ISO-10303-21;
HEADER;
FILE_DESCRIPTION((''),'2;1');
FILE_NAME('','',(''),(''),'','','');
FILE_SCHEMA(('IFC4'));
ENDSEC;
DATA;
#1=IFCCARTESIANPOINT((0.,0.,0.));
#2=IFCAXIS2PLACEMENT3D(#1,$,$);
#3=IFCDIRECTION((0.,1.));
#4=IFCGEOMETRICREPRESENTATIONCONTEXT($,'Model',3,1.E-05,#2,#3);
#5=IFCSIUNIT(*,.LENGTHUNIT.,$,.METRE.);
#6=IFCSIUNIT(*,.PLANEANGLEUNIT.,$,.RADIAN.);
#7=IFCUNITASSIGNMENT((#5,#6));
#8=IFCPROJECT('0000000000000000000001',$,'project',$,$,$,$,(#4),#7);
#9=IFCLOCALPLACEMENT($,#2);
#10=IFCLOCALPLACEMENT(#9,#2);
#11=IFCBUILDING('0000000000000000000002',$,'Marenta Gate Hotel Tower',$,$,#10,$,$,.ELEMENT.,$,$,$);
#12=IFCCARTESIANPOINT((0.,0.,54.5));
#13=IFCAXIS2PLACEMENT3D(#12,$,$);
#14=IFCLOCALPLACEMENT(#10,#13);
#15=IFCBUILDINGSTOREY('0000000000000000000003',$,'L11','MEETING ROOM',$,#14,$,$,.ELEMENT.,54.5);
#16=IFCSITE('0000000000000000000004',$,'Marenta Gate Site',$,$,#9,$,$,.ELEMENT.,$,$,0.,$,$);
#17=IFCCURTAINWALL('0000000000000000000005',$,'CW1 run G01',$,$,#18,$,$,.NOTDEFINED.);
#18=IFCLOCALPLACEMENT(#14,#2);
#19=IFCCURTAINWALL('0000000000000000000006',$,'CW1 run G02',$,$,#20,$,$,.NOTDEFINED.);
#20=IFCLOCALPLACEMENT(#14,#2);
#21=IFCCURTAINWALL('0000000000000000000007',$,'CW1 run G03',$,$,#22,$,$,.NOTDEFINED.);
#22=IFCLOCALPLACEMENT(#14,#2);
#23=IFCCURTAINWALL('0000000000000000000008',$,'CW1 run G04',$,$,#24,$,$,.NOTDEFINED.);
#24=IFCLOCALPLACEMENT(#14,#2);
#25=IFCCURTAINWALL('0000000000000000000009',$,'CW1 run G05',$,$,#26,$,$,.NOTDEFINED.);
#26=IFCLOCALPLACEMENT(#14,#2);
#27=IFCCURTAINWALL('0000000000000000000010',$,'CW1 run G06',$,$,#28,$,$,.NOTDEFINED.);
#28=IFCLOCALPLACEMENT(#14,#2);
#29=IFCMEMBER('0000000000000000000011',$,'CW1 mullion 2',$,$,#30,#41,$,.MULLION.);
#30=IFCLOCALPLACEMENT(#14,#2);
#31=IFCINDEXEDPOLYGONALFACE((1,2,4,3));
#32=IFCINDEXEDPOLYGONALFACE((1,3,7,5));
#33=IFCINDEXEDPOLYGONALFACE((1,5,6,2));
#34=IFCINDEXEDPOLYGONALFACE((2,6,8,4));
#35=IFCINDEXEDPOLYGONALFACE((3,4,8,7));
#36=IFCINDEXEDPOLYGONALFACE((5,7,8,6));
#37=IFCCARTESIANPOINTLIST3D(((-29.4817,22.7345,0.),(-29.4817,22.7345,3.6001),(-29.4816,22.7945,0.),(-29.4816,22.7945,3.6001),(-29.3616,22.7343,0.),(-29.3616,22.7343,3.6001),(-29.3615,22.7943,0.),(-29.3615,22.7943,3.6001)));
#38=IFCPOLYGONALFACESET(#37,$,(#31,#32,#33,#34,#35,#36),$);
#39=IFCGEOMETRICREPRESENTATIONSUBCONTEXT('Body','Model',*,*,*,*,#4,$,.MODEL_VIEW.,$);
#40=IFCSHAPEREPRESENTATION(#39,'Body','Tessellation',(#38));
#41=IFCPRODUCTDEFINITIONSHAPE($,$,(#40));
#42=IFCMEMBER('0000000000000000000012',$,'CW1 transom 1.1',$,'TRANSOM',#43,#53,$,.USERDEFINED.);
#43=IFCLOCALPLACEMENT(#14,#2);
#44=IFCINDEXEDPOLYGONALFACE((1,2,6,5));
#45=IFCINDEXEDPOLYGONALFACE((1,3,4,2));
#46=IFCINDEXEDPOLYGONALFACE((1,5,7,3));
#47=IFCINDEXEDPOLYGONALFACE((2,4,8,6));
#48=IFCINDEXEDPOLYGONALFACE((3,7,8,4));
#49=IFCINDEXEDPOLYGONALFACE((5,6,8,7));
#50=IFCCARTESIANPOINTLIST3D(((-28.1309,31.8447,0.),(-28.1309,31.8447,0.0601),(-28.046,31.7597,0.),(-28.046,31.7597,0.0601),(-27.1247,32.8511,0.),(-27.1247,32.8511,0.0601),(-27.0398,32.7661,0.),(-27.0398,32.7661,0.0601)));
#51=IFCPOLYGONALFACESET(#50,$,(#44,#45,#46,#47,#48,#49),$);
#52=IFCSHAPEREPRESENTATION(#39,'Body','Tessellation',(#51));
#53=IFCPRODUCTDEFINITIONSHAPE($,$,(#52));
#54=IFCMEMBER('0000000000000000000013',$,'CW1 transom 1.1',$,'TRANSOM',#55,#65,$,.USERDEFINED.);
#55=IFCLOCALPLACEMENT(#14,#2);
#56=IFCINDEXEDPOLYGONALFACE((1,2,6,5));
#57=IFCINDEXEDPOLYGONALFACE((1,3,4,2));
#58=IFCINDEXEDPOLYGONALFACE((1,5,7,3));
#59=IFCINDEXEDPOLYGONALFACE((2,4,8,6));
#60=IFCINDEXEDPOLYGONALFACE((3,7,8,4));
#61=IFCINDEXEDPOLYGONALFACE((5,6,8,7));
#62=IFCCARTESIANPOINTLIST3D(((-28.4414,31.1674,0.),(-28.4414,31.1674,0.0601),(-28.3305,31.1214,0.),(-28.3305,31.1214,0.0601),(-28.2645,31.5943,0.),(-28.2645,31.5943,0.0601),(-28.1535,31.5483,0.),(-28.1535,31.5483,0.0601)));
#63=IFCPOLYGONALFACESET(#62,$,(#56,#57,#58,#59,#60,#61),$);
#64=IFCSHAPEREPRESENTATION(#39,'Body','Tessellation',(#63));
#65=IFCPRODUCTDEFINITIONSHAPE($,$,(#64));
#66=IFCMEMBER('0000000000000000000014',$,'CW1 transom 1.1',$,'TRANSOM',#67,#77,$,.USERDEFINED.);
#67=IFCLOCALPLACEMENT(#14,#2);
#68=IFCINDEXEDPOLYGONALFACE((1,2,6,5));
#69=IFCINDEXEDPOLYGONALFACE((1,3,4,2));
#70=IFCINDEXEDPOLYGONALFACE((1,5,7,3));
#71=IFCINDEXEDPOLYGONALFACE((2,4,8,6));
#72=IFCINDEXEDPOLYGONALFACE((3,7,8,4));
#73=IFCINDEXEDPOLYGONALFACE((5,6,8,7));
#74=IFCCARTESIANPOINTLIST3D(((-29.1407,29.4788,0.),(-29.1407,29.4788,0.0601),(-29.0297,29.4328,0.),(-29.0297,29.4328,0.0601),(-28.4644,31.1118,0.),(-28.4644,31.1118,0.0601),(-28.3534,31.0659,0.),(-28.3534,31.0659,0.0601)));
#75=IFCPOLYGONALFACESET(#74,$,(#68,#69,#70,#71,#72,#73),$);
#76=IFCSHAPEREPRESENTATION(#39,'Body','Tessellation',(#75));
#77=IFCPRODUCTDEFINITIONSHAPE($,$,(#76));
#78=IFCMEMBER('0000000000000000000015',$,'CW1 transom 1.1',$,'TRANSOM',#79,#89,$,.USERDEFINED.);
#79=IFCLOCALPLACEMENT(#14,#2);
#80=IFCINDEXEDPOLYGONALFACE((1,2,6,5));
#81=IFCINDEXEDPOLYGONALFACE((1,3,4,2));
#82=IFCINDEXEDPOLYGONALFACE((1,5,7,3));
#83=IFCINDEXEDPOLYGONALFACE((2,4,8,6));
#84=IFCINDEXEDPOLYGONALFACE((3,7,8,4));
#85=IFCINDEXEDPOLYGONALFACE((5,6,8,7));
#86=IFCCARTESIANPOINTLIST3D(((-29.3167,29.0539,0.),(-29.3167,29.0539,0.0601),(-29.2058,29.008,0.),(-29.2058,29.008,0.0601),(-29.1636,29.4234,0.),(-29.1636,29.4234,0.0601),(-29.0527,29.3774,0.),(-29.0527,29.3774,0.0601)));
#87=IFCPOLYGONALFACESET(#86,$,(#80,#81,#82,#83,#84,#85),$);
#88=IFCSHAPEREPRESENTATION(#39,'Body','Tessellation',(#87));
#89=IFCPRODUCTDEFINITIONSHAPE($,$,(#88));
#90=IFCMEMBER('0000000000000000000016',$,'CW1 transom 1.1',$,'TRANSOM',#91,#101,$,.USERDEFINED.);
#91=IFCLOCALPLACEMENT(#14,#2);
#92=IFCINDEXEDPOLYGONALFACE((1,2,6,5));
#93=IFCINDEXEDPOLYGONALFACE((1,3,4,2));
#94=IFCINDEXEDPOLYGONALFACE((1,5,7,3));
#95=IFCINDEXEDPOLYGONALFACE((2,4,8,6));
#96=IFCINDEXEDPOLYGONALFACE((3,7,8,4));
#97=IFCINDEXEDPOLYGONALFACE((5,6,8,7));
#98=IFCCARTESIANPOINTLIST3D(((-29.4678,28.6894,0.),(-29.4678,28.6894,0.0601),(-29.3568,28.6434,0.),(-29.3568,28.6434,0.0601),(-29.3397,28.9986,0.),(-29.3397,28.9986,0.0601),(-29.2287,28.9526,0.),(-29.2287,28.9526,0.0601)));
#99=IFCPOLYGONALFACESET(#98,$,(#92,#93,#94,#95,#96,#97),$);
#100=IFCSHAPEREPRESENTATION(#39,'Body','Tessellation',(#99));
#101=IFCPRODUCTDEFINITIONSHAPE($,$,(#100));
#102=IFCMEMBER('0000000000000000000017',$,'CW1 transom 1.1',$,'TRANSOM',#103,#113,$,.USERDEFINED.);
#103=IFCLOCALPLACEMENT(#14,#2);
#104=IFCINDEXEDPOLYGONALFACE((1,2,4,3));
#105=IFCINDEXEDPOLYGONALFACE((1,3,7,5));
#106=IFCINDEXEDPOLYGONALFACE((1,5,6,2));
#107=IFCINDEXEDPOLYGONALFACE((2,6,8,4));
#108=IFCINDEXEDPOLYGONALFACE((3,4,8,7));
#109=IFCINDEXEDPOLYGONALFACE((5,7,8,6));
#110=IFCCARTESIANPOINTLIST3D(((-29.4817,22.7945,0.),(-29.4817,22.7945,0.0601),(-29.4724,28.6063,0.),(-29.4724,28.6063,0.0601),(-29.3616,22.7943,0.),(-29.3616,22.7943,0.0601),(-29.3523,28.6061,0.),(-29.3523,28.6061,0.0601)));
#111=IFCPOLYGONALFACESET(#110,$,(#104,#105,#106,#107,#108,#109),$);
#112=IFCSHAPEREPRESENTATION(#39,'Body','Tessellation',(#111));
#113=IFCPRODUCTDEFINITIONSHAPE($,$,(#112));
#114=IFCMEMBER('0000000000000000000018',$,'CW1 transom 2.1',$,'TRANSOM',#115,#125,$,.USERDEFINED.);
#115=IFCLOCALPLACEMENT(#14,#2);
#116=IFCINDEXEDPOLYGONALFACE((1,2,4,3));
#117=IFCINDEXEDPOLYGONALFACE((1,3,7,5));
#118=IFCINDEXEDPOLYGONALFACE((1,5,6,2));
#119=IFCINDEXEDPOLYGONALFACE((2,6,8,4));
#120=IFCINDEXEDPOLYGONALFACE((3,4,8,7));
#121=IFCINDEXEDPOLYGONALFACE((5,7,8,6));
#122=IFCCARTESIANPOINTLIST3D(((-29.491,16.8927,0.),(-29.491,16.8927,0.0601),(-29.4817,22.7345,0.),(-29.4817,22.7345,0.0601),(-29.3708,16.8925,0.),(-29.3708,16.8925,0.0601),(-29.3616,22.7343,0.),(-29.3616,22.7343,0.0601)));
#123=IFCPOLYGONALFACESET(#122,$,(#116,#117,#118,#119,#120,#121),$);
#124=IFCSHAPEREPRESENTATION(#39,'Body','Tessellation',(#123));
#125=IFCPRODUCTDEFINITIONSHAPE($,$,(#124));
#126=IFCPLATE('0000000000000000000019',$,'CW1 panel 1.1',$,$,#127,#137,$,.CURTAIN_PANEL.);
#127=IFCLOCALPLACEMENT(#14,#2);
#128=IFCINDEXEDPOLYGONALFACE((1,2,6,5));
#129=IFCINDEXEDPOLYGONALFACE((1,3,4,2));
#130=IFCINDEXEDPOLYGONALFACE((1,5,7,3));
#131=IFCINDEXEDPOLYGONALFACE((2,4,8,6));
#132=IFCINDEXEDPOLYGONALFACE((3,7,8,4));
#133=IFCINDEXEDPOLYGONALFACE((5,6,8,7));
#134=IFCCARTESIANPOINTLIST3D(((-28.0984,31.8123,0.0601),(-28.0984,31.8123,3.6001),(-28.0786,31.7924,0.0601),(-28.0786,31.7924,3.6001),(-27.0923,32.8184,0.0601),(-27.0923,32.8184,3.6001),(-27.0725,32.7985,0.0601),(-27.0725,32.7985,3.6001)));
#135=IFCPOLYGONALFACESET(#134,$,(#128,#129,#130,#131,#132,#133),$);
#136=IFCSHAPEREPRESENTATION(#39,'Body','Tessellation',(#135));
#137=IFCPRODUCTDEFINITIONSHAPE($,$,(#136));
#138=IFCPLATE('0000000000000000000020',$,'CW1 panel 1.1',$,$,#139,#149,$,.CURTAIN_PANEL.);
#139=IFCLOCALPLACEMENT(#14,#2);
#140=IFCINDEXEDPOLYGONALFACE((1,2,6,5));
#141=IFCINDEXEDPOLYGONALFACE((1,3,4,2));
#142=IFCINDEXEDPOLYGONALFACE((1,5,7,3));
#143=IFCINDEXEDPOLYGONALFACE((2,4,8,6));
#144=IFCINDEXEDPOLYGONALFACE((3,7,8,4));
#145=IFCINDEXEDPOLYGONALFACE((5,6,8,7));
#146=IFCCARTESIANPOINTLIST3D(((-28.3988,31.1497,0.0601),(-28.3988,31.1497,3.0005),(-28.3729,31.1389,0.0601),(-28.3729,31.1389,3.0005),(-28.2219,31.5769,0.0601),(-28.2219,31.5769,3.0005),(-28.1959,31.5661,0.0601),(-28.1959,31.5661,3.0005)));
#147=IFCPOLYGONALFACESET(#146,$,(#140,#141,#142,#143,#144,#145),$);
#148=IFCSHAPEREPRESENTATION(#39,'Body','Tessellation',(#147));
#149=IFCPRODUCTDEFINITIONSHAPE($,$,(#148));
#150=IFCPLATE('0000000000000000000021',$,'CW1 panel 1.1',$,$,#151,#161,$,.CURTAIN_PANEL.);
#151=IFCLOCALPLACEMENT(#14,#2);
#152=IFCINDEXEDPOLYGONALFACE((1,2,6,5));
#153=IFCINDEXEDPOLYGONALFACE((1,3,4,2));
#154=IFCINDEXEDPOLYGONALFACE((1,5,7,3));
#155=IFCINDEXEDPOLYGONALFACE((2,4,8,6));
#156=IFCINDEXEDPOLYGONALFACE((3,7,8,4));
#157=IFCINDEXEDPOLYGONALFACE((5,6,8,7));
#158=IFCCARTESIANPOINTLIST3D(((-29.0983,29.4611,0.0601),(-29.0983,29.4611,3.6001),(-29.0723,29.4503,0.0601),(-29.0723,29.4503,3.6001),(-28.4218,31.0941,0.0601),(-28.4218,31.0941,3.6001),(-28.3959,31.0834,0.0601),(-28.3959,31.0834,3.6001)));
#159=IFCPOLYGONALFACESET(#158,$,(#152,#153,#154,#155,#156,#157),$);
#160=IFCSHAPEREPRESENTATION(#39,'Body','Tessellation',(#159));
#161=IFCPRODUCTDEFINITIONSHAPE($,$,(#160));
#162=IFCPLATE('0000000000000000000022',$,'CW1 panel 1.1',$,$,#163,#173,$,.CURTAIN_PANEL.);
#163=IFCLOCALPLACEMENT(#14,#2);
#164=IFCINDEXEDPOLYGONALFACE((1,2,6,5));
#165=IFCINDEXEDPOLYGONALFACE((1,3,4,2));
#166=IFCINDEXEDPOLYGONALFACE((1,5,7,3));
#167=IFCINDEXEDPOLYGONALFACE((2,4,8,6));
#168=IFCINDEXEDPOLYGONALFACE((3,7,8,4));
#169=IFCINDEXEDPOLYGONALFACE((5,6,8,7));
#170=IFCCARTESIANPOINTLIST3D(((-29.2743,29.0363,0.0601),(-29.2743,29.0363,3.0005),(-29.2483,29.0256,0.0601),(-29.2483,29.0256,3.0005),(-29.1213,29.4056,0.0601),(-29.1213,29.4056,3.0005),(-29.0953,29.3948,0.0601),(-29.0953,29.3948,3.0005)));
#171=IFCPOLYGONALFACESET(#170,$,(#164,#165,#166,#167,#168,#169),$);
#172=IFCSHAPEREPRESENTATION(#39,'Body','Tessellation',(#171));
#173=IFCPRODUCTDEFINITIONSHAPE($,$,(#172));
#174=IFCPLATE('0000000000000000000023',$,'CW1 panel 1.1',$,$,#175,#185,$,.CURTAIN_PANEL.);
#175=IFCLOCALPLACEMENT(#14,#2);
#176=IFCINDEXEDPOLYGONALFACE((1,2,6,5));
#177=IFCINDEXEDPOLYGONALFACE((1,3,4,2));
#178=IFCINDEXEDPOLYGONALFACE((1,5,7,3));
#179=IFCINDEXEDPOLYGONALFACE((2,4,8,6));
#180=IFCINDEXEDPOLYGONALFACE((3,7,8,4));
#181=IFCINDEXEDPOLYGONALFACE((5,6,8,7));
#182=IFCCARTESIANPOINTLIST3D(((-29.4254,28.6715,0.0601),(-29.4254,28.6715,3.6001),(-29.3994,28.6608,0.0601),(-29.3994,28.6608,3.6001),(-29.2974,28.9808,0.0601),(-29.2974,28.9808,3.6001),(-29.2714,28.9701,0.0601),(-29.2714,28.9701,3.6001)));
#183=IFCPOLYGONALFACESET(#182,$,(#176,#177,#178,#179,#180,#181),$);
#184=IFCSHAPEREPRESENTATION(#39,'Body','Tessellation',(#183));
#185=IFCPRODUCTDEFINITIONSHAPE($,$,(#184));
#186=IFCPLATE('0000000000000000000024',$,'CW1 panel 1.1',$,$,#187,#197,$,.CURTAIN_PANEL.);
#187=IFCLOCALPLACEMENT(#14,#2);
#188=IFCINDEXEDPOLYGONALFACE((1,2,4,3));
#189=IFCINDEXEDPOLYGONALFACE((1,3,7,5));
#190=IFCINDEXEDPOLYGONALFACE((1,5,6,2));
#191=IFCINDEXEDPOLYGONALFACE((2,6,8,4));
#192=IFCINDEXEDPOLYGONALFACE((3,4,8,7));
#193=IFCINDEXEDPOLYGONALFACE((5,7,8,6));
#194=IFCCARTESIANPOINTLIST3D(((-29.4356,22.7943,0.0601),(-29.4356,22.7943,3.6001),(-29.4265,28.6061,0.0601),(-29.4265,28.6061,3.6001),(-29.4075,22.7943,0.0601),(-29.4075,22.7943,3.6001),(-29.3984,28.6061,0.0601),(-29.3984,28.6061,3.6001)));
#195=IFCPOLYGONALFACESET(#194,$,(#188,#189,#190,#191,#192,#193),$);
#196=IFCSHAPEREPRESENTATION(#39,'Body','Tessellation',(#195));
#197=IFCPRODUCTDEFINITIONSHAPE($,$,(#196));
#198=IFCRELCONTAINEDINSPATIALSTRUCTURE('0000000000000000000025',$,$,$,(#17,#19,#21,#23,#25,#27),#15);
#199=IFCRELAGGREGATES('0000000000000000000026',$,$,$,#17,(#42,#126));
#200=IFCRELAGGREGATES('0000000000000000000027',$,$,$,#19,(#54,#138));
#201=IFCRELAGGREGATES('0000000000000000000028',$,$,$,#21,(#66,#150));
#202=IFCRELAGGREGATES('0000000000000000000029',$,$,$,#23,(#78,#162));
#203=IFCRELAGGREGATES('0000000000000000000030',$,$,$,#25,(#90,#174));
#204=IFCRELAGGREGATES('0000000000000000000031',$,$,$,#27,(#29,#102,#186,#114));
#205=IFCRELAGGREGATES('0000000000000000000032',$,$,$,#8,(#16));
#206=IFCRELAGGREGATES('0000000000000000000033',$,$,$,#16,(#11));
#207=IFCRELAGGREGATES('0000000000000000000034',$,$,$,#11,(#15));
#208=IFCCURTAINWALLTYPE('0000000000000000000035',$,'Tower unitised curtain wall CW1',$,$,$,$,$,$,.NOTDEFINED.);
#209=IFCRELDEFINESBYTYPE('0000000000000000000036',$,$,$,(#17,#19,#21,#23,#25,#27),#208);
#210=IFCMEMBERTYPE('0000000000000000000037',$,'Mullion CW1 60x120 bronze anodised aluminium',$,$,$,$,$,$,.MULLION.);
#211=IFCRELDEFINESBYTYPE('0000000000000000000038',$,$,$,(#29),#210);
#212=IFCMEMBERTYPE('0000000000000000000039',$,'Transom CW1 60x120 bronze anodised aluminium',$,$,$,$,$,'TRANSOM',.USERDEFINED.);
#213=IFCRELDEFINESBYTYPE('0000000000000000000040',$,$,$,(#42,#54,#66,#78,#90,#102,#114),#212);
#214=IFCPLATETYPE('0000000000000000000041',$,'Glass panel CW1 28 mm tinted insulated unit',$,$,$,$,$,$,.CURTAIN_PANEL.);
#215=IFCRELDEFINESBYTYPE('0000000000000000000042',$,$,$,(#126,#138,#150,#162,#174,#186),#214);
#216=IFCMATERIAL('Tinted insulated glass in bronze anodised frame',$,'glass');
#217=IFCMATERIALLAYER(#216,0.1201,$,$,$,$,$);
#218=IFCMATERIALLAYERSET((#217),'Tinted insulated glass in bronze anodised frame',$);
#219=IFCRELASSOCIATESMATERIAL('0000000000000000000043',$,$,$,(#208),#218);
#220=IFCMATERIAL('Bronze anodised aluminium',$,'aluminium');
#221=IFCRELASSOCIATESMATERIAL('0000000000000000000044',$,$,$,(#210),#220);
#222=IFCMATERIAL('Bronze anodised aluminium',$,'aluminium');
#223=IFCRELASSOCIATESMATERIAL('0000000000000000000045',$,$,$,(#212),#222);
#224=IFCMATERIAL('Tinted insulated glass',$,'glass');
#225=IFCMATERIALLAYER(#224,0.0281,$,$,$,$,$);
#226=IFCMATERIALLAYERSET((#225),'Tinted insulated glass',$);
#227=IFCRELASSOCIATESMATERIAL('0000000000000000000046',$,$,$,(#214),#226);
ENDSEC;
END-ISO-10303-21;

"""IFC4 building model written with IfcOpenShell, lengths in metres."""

from ifc_helpers import new_model, si_unit, direction, frame, origin, origin_2d, place, context, subcontext, project, spatial, rectangle, extrude, material, layer, layer_set, material_profile, profile_set, type_object, element, aggregate, save


model = new_model("IFC4")

# Units and contexts
model_context = context("Model", 3, precision=1e-05, world=origin(), true_north=direction((0.0, 1.0)))
body_context = subcontext(model_context, "Body", "Model", "MODEL_VIEW")
ifc_project = project(units=[si_unit("LENGTHUNIT", "METRE"), si_unit("PLANEANGLEUNIT", "RADIAN")], contexts=[model_context])

# Site, building, storey
site_placement = place(None, origin())
site = spatial("IfcSite", under=ifc_project, at=site_placement, Name="Marenta Gate Site", CompositionType="ELEMENT", RefElevation=0.0)
building_placement = place(site_placement, origin())
building = spatial("IfcBuilding", under=site, at=building_placement, Name="Marenta Gate Hotel Tower", CompositionType="ELEMENT")
storey_placement = place(building_placement, frame((0.0, 0.0, 54.5)))
storey = spatial("IfcBuildingStorey", under=building, at=storey_placement, Name="L11", Description="MEETING ROOM", CompositionType="ELEMENT", Elevation=54.5)

# Curtain wall
ifc_material_1 = material(Name="Tinted insulated glass in bronze anodised frame", Category="glass")
ifc_layer_1 = layer(ifc_material_1, 0.1201)
ifc_layer_set_1 = layer_set([ifc_layer_1], Name="Tinted insulated glass in bronze anodised frame")
curtain_wall_type = type_object("IfcCurtainWallType", Name="Tower unitised curtain wall CW1", PredefinedType="NOTDEFINED", material=ifc_layer_set_1)
curtain_wall_1_placement = place(storey_placement, origin())
curtain_wall_1 = element("IfcCurtainWall", 1, at=curtain_wall_1_placement, inside=storey, type_object=curtain_wall_type, Name="CW1 run G01", PredefinedType="NOTDEFINED")
ifc_material_2 = material(Name="Bronze anodised aluminium", Category="aluminium")
ifc_material_profile_1 = material_profile(ifc_material_2, rectangle(XDim=0.1201, YDim=0.0601, at=origin_2d()), Name="Mullion CW1 60x120 bronze anodised aluminium")
ifc_profile_set_1 = profile_set([ifc_material_profile_1], Name="Bronze anodised aluminium")
member_type_1 = type_object("IfcMemberType", Name="Mullion CW1 60x120 bronze anodised aluminium", PredefinedType="MULLION", material=ifc_profile_set_1)

# Curtain walls
curtain_wall_2_placement = place(storey_placement, origin())
curtain_wall_2 = element("IfcCurtainWall", 2, at=curtain_wall_2_placement, inside=storey, type_object=curtain_wall_type, Name="CW1 run G02", PredefinedType="NOTDEFINED")
curtain_wall_3_placement = place(storey_placement, origin())
curtain_wall_3 = element("IfcCurtainWall", 3, at=curtain_wall_3_placement, inside=storey, type_object=curtain_wall_type, Name="CW1 run G03", PredefinedType="NOTDEFINED")
curtain_wall_4_placement = place(storey_placement, origin())
curtain_wall_4 = element("IfcCurtainWall", 4, at=curtain_wall_4_placement, inside=storey, type_object=curtain_wall_type, Name="CW1 run G04", PredefinedType="NOTDEFINED")
curtain_wall_5_placement = place(storey_placement, origin())
curtain_wall_5 = element("IfcCurtainWall", 5, at=curtain_wall_5_placement, inside=storey, type_object=curtain_wall_type, Name="CW1 run G05", PredefinedType="NOTDEFINED")

# Curtain wall, member
curtain_wall_6_placement = place(storey_placement, origin())
curtain_wall_6 = element("IfcCurtainWall", 6, at=curtain_wall_6_placement, inside=storey, type_object=curtain_wall_type, Name="CW1 run G06", PredefinedType="NOTDEFINED")
member_1_placement = place(storey_placement, frame((-29.4216, 22.7644, 0.0), z_axis=(0.0, 0.0, 1.0), x_axis=(0.999999, -0.00157, 0.0)))
member_1 = element("IfcMember", 7, at=member_1_placement, type_object=member_type_1, Name="CW1 mullion 2", PredefinedType="MULLION", context=body_context, shape_type="SweptSolid", body=[
    extrude(rectangle(XDim=0.1201, YDim=0.0601, at=origin_2d()), origin(), (0.0, 0.0, 1.0), 3.6001),
])

# Members
ifc_material_3 = material(Name="Bronze anodised aluminium", Category="aluminium")
ifc_material_profile_2 = material_profile(ifc_material_3, rectangle(XDim=0.1201, YDim=0.0601, at=origin_2d()), Name="Transom CW1 60x120 bronze anodised aluminium")
ifc_profile_set_2 = profile_set([ifc_material_profile_2], Name="Bronze anodised aluminium")
member_type_2 = type_object("IfcMemberType", Name="Transom CW1 60x120 bronze anodised aluminium", ElementType="TRANSOM", PredefinedType="USERDEFINED", material=ifc_profile_set_2)
member_2_placement = place(storey_placement, frame((-27.0823, 32.8086, 0.03), z_axis=(-0.707021, -0.707193, 0.0), x_axis=(0.707193, -0.707021, 0.0)))
member_2 = element("IfcMember", 8, at=member_2_placement, type_object=member_type_2, Name="CW1 transom 1.1", ObjectType="TRANSOM", PredefinedType="USERDEFINED", context=body_context, shape_type="SweptSolid", body=[
    extrude(rectangle(XDim=0.1201, YDim=0.0601, at=origin_2d()), origin(), (0.0, 0.0, 1.0), 1.4231),
])
member_3_placement = place(storey_placement, frame((-28.209, 31.5713, 0.03), z_axis=(-0.382927, -0.923779, 0.0), x_axis=(0.923779, -0.382927, 0.0)))
member_3 = element("IfcMember", 9, at=member_3_placement, type_object=member_type_2, Name="CW1 transom 1.1", ObjectType="TRANSOM", PredefinedType="USERDEFINED", context=body_context, shape_type="SweptSolid", body=[
    extrude(rectangle(XDim=0.1201, YDim=0.0601, at=origin_2d()), origin(), (0.0, 0.0, 1.0), 0.4622),
])
member_4_placement = place(storey_placement, frame((-28.4089, 31.0889, 0.03), z_axis=(-0.382604, -0.923912, 0.0), x_axis=(0.923912, -0.382604, 0.0)))
member_4 = element("IfcMember", 10, at=member_4_placement, type_object=member_type_2, Name="CW1 transom 1.1", ObjectType="TRANSOM", PredefinedType="USERDEFINED", context=body_context, shape_type="SweptSolid", body=[
    extrude(rectangle(XDim=0.1201, YDim=0.0601, at=origin_2d()), origin(), (0.0, 0.0, 1.0), 1.7676),
])
member_5_placement = place(storey_placement, frame((-29.1082, 29.4004, 0.03), z_axis=(-0.382837, -0.923816, 0.0), x_axis=(0.923816, -0.382837, 0.0)))
member_5 = element("IfcMember", 11, at=member_5_placement, type_object=member_type_2, Name="CW1 transom 1.1", ObjectType="TRANSOM", PredefinedType="USERDEFINED", context=body_context, shape_type="SweptSolid", body=[
    extrude(rectangle(XDim=0.1201, YDim=0.0601, at=origin_2d()), origin(), (0.0, 0.0, 1.0), 0.3999),
])
member_6_placement = place(storey_placement, frame((-29.2842, 28.9756, 0.03), z_axis=(-0.382803, -0.92383, 0.0), x_axis=(0.92383, -0.382803, 0.0)))
member_6 = element("IfcMember", 12, at=member_6_placement, type_object=member_type_2, Name="CW1 transom 1.1", ObjectType="TRANSOM", PredefinedType="USERDEFINED", context=body_context, shape_type="SweptSolid", body=[
    extrude(rectangle(XDim=0.1201, YDim=0.0601, at=origin_2d()), origin(), (0.0, 0.0, 1.0), 0.3347),
])
member_7_placement = place(storey_placement, frame((-29.4124, 28.6062, 0.03), z_axis=(-0.001596, -0.999999, 0.0), x_axis=(0.999999, -0.001596, 0.0)))
member_7 = element("IfcMember", 13, at=member_7_placement, type_object=member_type_2, Name="CW1 transom 1.1", ObjectType="TRANSOM", PredefinedType="USERDEFINED", context=body_context, shape_type="SweptSolid", body=[
    extrude(rectangle(XDim=0.1201, YDim=0.0601, at=origin_2d()), origin(), (0.0, 0.0, 1.0), 5.8118),
])
member_8_placement = place(storey_placement, frame((-29.4216, 22.7344, 0.03), z_axis=(-0.001588, -0.999999, 0.0), x_axis=(0.999999, -0.001588, 0.0)))
member_8 = element("IfcMember", 14, at=member_8_placement, type_object=member_type_2, Name="CW1 transom 2.1", ObjectType="TRANSOM", PredefinedType="USERDEFINED", context=body_context, shape_type="SweptSolid", body=[
    extrude(rectangle(XDim=0.1201, YDim=0.0601, at=origin_2d()), origin(), (0.0, 0.0, 1.0), 5.8418),
])

# Plates
ifc_material_4 = material(Name="Tinted insulated glass", Category="glass")
ifc_layer_2 = layer(ifc_material_4, 0.0281)
ifc_layer_set_2 = layer_set([ifc_layer_2], Name="Tinted insulated glass")
plate_type = type_object("IfcPlateType", Name="Glass panel CW1 28 mm tinted insulated unit", PredefinedType="CURTAIN_PANEL", material=ifc_layer_set_2)
plate_1_placement = place(storey_placement, frame((-27.5854, 32.3054, 0.0601), z_axis=(0.0, 0.0, 1.0), x_axis=(-0.707107, -0.707107, 0.0)))
plate_1 = element("IfcPlate", 15, at=plate_1_placement, type_object=plate_type, Name="CW1 panel 1.1", PredefinedType="CURTAIN_PANEL", context=body_context, shape_type="SweptSolid", body=[
    extrude(rectangle(XDim=1.4229, YDim=0.0281, at=origin_2d()), origin(), (0.0, 0.0, 1.0), 3.54),
])
aggregate(curtain_wall_1, [member_2, plate_1])
plate_2_placement = place(storey_placement, frame((-28.2974, 31.3579, 0.0601), z_axis=(0.0, 0.0, 1.0), x_axis=(-0.382684, -0.923879, 0.0)))
plate_2 = element("IfcPlate", 16, at=plate_2_placement, type_object=plate_type, Name="CW1 panel 1.1", PredefinedType="CURTAIN_PANEL", context=body_context, shape_type="SweptSolid", body=[
    extrude(rectangle(XDim=0.4624, YDim=0.0281, at=origin_2d()), origin(), (0.0, 0.0, 1.0), 2.9404),
])
aggregate(curtain_wall_2, [member_3, plate_2])
plate_3_placement = place(storey_placement, frame((-28.7471, 30.2722, 0.0601), z_axis=(0.0, 0.0, 1.0), x_axis=(-0.382684, -0.923879, 0.0)))
plate_3 = element("IfcPlate", 17, at=plate_3_placement, type_object=plate_type, Name="CW1 panel 1.1", PredefinedType="CURTAIN_PANEL", context=body_context, shape_type="SweptSolid", body=[
    extrude(rectangle(XDim=1.7676, YDim=0.0281, at=origin_2d()), origin(), (0.0, 0.0, 1.0), 3.54),
])
aggregate(curtain_wall_3, [member_4, plate_3])
plate_4_placement = place(storey_placement, frame((-29.1848, 29.2156, 0.0601), z_axis=(0.0, 0.0, 1.0), x_axis=(-0.382838, -0.923815, 0.0)))
plate_4 = element("IfcPlate", 18, at=plate_4_placement, type_object=plate_type, Name="CW1 panel 1.1", PredefinedType="CURTAIN_PANEL", context=body_context, shape_type="SweptSolid", body=[
    extrude(rectangle(XDim=0.3997, YDim=0.0281, at=origin_2d()), origin(), (0.0, 0.0, 1.0), 2.9404),
])
aggregate(curtain_wall_4, [member_5, plate_4])
plate_5_placement = place(storey_placement, frame((-29.3484, 28.8208, 0.0601), z_axis=(0.0, 0.0, 1.0), x_axis=(-0.382456, -0.923974, 0.0)))
plate_5 = element("IfcPlate", 19, at=plate_5_placement, type_object=plate_type, Name="CW1 panel 1.1", PredefinedType="CURTAIN_PANEL", context=body_context, shape_type="SweptSolid", body=[
    extrude(rectangle(XDim=0.3347, YDim=0.0281, at=origin_2d()), origin(), (0.0, 0.0, 1.0), 3.54),
])
aggregate(curtain_wall_5, [member_6, plate_5])
plate_6_placement = place(storey_placement, frame((-29.417, 25.7002, 0.0601), z_axis=(0.0, 0.0, 1.0), x_axis=(-0.00157, -0.999999, 0.0)))
plate_6 = element("IfcPlate", 20, at=plate_6_placement, type_object=plate_type, Name="CW1 panel 1.1", PredefinedType="CURTAIN_PANEL", context=body_context, shape_type="SweptSolid", body=[
    extrude(rectangle(XDim=5.8118, YDim=0.0281, at=origin_2d()), origin(), (0.0, 0.0, 1.0), 3.54),
])
aggregate(curtain_wall_6, [member_1, member_7, plate_6, member_8])

save(model, "model.ifc")
